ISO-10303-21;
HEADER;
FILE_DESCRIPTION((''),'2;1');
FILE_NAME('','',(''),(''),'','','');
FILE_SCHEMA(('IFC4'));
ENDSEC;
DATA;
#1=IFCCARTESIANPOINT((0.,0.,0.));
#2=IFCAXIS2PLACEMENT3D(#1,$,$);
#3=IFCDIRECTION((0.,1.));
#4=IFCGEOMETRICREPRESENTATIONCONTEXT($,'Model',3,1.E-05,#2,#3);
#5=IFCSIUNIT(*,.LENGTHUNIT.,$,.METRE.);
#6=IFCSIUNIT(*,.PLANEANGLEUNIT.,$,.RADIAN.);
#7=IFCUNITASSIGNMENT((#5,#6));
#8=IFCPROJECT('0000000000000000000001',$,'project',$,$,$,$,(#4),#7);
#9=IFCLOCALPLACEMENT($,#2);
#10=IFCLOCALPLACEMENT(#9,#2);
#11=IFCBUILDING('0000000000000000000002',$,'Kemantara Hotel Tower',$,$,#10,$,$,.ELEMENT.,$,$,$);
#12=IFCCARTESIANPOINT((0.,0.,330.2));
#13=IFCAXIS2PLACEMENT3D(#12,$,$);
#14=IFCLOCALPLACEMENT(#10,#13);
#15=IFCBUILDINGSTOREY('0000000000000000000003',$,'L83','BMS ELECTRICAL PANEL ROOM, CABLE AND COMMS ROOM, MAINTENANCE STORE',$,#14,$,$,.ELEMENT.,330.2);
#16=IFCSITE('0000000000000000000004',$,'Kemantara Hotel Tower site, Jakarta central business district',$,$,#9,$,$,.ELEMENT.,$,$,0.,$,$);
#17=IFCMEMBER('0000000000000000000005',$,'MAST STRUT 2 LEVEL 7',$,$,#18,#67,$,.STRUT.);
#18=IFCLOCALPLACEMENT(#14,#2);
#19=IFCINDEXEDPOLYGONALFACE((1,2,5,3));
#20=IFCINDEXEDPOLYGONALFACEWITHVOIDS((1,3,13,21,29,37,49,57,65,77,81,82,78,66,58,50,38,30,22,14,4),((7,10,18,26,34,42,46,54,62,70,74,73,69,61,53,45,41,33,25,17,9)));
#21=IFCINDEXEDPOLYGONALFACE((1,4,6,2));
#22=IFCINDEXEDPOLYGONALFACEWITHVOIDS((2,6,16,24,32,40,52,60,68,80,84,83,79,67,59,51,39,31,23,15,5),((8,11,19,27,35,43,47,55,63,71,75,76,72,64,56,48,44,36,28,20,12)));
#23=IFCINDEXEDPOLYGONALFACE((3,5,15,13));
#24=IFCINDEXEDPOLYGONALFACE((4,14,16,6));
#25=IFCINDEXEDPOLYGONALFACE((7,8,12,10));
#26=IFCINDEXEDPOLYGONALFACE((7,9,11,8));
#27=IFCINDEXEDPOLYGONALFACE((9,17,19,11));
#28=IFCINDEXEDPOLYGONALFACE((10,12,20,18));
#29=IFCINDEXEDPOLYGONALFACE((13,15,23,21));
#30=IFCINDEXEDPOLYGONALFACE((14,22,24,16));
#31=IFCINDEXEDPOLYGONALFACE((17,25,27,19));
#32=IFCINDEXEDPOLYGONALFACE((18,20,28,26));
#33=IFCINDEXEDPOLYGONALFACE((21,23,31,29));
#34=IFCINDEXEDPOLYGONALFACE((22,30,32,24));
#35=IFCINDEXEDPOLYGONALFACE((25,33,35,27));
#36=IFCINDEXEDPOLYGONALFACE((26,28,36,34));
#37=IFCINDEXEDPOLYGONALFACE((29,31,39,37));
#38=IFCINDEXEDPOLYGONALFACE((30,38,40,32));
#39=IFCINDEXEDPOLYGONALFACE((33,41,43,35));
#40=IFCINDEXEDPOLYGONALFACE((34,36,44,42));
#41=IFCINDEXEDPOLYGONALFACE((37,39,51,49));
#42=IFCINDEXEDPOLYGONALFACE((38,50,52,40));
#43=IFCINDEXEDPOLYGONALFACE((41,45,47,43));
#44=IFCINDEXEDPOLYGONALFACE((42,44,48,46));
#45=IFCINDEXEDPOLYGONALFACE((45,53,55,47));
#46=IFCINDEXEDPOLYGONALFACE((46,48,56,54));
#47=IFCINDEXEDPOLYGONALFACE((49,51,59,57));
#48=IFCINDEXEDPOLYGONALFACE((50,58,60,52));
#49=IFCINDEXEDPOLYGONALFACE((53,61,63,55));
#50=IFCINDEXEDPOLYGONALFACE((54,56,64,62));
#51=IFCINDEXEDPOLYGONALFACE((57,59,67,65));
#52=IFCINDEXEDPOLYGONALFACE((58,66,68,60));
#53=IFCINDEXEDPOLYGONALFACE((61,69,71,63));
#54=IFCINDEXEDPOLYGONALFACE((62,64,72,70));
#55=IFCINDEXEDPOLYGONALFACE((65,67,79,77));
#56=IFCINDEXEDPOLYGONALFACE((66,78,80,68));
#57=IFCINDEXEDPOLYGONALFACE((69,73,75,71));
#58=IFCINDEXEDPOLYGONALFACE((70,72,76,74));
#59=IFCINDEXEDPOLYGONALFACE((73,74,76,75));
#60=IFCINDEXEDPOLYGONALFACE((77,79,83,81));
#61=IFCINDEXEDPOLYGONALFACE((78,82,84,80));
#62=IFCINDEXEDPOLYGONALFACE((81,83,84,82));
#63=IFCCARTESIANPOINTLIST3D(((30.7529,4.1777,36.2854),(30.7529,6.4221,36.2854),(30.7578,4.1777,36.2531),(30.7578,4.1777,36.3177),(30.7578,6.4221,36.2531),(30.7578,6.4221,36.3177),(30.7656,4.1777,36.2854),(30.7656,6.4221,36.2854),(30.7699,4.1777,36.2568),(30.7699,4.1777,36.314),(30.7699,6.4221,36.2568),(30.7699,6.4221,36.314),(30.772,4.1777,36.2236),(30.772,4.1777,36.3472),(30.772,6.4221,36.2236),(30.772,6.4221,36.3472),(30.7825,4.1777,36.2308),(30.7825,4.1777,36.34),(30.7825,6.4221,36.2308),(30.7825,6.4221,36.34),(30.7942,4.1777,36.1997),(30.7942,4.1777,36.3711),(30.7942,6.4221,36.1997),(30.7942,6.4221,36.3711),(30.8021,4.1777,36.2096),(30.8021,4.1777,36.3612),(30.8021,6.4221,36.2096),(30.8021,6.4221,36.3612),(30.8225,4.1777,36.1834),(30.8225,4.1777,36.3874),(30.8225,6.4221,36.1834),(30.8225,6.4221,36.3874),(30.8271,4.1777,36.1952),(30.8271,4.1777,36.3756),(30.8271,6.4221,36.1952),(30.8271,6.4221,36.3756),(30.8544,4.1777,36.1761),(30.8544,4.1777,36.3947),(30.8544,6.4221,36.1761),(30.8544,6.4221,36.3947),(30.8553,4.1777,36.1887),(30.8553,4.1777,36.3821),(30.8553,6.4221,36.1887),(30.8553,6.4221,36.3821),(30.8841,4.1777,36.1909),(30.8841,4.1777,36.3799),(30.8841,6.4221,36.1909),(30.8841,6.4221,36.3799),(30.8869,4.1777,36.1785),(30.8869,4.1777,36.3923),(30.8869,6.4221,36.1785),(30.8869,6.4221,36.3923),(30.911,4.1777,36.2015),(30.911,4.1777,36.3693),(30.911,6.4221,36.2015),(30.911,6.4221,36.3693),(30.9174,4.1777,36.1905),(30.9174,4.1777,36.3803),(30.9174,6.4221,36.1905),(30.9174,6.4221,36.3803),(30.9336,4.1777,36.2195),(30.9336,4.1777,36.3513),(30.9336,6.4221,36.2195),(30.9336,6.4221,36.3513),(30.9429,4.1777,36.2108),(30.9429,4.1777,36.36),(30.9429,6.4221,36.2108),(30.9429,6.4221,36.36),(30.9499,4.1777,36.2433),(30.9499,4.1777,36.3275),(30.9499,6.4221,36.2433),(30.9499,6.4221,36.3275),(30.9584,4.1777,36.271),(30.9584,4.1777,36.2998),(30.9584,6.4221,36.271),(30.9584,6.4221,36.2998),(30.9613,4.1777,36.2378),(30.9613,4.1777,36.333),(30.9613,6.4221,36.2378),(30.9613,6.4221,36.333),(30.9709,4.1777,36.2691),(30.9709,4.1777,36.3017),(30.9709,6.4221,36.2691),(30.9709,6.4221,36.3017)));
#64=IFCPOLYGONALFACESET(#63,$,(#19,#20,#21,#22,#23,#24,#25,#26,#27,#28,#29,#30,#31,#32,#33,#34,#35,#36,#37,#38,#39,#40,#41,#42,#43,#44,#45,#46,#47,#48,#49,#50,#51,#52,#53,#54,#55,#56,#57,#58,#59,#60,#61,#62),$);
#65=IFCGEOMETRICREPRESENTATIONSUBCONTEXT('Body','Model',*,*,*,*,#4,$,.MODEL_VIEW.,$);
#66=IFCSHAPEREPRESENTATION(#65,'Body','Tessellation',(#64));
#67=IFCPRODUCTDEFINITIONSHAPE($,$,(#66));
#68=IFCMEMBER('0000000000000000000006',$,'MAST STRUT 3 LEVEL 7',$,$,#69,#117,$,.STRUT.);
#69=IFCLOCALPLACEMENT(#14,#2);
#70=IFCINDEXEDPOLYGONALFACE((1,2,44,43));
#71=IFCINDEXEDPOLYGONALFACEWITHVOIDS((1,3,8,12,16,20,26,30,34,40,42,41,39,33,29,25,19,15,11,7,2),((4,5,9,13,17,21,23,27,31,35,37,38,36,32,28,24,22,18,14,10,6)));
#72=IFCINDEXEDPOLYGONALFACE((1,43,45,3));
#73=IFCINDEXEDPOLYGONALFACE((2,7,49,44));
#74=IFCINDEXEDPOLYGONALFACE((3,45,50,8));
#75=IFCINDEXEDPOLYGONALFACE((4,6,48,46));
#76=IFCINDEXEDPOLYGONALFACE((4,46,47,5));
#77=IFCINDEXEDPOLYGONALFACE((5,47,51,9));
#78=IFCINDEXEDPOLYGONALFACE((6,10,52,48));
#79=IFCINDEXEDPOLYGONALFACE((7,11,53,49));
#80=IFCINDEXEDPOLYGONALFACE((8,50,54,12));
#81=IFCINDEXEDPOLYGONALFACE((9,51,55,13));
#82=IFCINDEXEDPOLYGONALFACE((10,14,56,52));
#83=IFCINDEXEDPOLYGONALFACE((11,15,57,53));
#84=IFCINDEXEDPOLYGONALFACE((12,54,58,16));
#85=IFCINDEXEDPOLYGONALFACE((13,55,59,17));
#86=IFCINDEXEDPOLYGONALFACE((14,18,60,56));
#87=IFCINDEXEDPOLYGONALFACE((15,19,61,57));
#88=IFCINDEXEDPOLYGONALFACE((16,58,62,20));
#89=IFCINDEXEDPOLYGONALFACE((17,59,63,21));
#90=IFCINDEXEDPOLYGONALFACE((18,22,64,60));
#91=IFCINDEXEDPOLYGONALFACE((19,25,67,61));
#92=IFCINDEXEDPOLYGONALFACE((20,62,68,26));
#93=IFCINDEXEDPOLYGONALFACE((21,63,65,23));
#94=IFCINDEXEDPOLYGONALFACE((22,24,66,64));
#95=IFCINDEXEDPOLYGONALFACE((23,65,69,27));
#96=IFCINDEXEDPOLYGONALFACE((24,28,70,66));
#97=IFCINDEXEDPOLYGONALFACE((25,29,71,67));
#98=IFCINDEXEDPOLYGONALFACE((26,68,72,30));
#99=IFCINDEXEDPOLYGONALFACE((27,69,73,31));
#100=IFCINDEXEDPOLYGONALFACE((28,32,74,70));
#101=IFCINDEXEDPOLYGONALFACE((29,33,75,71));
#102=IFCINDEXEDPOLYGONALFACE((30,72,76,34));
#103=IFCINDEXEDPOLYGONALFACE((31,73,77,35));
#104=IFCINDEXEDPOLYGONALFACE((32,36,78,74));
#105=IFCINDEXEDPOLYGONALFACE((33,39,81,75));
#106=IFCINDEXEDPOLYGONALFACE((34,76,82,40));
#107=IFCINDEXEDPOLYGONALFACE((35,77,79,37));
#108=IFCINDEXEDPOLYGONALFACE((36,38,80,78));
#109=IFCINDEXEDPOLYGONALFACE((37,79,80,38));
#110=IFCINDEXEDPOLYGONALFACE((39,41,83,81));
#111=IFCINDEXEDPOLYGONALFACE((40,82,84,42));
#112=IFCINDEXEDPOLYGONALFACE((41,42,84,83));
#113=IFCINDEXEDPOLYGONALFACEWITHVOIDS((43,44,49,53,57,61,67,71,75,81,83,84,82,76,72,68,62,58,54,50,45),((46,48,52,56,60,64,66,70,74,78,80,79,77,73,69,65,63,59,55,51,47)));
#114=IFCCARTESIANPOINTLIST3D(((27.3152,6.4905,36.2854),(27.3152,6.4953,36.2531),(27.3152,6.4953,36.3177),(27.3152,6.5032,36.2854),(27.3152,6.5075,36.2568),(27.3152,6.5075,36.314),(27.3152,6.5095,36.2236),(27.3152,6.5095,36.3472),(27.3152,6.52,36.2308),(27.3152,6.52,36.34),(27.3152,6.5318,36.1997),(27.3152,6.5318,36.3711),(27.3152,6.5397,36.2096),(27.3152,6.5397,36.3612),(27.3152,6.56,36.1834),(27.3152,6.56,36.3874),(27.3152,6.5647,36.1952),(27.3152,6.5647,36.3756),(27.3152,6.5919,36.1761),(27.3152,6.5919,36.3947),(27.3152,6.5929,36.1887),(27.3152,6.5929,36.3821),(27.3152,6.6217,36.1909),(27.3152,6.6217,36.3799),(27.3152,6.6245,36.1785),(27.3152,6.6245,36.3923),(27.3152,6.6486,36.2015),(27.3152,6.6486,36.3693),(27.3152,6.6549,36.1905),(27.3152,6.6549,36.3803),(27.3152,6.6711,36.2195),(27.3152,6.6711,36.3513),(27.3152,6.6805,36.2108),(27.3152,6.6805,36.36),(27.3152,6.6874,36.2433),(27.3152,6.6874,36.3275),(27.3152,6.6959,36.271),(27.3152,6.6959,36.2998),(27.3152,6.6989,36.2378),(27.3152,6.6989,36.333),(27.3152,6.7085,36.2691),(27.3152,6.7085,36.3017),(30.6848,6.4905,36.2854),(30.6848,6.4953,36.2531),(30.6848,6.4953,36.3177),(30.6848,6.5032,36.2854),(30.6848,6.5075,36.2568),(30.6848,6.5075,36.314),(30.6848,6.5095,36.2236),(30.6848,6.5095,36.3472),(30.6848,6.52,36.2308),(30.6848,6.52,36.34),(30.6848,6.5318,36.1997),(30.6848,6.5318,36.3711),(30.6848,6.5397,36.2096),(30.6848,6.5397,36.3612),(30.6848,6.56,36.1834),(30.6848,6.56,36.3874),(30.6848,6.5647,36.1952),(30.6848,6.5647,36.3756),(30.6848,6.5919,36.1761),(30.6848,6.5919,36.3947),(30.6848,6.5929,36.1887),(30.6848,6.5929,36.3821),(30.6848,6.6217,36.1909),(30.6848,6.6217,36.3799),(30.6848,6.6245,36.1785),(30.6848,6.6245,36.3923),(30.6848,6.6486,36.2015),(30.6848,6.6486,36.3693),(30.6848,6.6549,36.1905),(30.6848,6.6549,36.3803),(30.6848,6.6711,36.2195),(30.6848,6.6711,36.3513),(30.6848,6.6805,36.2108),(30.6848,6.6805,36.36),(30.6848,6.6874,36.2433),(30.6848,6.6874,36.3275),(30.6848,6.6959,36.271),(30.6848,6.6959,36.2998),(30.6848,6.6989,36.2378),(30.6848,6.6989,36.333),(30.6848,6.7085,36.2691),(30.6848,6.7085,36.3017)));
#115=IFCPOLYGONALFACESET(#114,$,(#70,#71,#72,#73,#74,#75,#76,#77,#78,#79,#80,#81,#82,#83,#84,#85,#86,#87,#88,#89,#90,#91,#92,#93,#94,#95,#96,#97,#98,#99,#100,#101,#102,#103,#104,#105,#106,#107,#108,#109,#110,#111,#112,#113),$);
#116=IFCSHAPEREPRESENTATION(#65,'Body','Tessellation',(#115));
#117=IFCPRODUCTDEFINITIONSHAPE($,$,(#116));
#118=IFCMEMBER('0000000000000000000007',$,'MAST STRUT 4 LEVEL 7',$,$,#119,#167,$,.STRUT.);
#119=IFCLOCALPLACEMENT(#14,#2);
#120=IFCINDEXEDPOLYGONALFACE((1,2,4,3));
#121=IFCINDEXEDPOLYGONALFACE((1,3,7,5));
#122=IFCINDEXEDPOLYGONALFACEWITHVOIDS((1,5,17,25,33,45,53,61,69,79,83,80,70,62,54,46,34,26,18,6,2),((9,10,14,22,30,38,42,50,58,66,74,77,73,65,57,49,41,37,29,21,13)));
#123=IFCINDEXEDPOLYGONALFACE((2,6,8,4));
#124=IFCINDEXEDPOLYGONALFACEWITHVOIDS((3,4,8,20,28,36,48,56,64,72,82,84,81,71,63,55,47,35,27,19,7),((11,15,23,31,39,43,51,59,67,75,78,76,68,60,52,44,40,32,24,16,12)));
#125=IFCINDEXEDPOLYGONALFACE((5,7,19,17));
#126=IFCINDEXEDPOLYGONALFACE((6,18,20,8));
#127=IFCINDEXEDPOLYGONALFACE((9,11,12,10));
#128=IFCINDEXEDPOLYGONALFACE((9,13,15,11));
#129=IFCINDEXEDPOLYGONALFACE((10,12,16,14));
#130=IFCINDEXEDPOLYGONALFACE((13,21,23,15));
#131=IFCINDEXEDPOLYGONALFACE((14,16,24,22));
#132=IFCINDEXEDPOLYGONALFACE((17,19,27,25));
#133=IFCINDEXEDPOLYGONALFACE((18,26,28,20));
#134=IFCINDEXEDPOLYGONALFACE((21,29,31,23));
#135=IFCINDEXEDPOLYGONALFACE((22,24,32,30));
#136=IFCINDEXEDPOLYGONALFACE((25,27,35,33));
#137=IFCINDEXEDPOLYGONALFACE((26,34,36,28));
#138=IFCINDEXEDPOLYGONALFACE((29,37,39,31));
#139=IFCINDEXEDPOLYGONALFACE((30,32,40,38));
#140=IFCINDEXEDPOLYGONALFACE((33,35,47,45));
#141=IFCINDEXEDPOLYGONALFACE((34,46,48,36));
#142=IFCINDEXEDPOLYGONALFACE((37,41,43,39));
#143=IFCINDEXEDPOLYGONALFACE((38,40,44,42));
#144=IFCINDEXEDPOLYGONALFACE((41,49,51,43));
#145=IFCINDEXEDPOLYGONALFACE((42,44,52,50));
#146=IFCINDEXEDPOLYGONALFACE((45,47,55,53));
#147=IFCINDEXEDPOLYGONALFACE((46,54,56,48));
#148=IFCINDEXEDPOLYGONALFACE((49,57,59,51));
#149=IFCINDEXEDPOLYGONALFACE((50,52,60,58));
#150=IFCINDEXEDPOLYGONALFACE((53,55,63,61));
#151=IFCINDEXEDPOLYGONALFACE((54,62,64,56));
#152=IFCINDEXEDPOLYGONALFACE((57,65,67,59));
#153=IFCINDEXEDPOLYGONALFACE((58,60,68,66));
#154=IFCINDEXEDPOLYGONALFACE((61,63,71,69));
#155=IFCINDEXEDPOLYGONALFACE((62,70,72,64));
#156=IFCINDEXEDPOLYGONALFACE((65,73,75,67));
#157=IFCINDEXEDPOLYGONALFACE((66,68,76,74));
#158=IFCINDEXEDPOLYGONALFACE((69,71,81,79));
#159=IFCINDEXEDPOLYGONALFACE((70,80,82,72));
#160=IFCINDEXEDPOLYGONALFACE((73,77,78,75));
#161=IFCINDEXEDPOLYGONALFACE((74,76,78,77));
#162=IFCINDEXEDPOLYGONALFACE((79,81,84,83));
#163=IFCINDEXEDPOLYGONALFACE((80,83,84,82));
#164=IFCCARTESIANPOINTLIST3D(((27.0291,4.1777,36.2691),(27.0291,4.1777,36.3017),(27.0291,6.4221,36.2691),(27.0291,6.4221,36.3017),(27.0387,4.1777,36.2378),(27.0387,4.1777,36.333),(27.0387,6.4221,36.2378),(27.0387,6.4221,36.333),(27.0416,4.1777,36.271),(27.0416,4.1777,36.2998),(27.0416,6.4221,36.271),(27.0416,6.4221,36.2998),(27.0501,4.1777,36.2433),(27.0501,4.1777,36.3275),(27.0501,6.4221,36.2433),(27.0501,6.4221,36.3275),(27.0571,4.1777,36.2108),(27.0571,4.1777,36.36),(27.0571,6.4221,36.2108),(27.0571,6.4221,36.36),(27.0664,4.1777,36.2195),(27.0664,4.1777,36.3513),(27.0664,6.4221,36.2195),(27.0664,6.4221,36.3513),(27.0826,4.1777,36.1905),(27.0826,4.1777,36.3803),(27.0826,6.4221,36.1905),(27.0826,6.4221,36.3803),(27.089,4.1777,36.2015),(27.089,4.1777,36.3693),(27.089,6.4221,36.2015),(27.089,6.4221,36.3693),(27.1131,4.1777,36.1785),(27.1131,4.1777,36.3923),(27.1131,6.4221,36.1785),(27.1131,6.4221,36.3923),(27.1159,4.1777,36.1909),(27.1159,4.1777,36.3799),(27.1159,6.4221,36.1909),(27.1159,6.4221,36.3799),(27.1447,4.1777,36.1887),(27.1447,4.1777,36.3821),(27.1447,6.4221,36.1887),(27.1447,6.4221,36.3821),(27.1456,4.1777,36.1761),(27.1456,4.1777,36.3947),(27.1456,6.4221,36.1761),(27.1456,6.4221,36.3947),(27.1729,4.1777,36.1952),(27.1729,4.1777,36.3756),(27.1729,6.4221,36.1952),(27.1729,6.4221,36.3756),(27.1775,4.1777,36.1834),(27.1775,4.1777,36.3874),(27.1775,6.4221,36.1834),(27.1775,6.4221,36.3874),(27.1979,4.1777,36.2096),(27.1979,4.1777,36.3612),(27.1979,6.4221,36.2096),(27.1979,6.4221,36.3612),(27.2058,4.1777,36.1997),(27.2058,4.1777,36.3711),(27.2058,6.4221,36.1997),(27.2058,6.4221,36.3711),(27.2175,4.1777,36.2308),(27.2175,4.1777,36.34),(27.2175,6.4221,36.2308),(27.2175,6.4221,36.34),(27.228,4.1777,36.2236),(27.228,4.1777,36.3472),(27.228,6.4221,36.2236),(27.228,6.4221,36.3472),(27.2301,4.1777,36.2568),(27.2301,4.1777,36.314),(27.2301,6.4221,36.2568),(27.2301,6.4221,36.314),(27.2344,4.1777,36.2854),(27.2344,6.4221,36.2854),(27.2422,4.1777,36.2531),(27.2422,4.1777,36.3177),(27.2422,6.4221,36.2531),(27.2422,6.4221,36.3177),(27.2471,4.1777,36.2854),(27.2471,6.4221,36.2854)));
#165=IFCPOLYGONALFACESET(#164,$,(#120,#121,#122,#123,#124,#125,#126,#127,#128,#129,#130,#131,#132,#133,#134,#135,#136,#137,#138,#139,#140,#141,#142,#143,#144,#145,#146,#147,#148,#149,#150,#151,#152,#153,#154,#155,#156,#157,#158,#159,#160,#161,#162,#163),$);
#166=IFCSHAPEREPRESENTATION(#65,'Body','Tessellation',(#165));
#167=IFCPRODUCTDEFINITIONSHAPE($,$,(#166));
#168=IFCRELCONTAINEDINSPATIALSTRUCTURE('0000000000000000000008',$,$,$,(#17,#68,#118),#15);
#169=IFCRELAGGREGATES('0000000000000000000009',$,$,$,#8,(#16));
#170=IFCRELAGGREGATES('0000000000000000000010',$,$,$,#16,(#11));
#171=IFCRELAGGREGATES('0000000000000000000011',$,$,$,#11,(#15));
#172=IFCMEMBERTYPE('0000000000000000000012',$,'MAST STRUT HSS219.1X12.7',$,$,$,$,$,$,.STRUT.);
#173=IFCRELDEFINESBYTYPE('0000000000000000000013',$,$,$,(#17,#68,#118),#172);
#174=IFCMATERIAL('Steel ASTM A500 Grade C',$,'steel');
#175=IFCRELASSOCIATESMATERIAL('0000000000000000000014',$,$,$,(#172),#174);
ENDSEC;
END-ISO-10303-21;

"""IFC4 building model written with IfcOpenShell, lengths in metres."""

from ifc_helpers import new_model, si_unit, direction, frame, origin, origin_2d, place, context, subcontext, project, spatial, hollow_circle, extrude, material, material_profile, profile_set, type_object, element, save


model = new_model("IFC4")

# Units and contexts
model_context = context("Model", 3, precision=1e-05, world=origin(), true_north=direction((0.0, 1.0)))
body_context = subcontext(model_context, "Body", "Model", "MODEL_VIEW")
ifc_project = project(units=[si_unit("LENGTHUNIT", "METRE"), si_unit("PLANEANGLEUNIT", "RADIAN")], contexts=[model_context])

# Site, building, storey
site_placement = place(None, origin())
site = spatial("IfcSite", under=ifc_project, at=site_placement, Name="Kemantara Hotel Tower site, Jakarta central business district", CompositionType="ELEMENT", RefElevation=0.0)
building_placement = place(site_placement, origin())
building = spatial("IfcBuilding", under=site, at=building_placement, Name="Kemantara Hotel Tower", CompositionType="ELEMENT")
storey_placement = place(building_placement, frame((0.0, 0.0, 330.2)))
storey = spatial("IfcBuildingStorey", under=building, at=storey_placement, Name="L83", Description="BMS ELECTRICAL PANEL ROOM, CABLE AND COMMS ROOM, MAINTENANCE STORE", CompositionType="ELEMENT", Elevation=330.2)

# Members
ifc_material = material(Name="Steel ASTM A500 Grade C", Category="steel")
ifc_material_profile_1 = material_profile(ifc_material, hollow_circle(Radius=0.1096, WallThickness=0.0127, at=origin_2d()), Name="HSS219.1X12.7")
ifc_profile_set_1 = profile_set([ifc_material_profile_1], Name="Steel ASTM A500 Grade C")
member_type_1 = type_object("IfcMemberType", Name="MAST STRUT HSS219.1X12.7", PredefinedType="STRUT", material=ifc_profile_set_1)
member_1_placement = place(storey_placement, frame((30.8625, 4.1777, 36.2854), z_axis=(0.0, 1.0, 0.0), x_axis=(-1.0, 0.0, 0.0)))
element("IfcMember", 1, at=member_1_placement, inside=storey, type_object=member_type_1, Name="MAST STRUT 2 LEVEL 7", PredefinedType="STRUT", context=body_context, shape_type="SweptSolid", body=[
    extrude(hollow_circle(Radius=0.1096, WallThickness=0.0127, at=origin_2d()), origin(), (0.0, 0.0, 1.0), 2.2444),
])
member_2_placement = place(storey_placement, frame((30.6848, 6.6001, 36.2854), z_axis=(-1.0, 0.0, 0.0), x_axis=(0.0, -1.0, 0.0)))
element("IfcMember", 2, at=member_2_placement, inside=storey, type_object=member_type_1, Name="MAST STRUT 3 LEVEL 7", PredefinedType="STRUT", context=body_context, shape_type="SweptSolid", body=[
    extrude(hollow_circle(Radius=0.1096, WallThickness=0.0127, at=origin_2d()), origin(), (0.0, 0.0, 1.0), 3.3696),
])
member_3_placement = place(storey_placement, frame((27.1375, 6.4221, 36.2854), z_axis=(0.0, -1.0, 0.0), x_axis=(1.0, 0.0, 0.0)))
element("IfcMember", 3, at=member_3_placement, inside=storey, type_object=member_type_1, Name="MAST STRUT 4 LEVEL 7", PredefinedType="STRUT", context=body_context, shape_type="SweptSolid", body=[
    extrude(hollow_circle(Radius=0.1096, WallThickness=0.0127, at=origin_2d()), origin(), (0.0, 0.0, 1.0), 2.2444),
])

save(model, "model.ifc")
